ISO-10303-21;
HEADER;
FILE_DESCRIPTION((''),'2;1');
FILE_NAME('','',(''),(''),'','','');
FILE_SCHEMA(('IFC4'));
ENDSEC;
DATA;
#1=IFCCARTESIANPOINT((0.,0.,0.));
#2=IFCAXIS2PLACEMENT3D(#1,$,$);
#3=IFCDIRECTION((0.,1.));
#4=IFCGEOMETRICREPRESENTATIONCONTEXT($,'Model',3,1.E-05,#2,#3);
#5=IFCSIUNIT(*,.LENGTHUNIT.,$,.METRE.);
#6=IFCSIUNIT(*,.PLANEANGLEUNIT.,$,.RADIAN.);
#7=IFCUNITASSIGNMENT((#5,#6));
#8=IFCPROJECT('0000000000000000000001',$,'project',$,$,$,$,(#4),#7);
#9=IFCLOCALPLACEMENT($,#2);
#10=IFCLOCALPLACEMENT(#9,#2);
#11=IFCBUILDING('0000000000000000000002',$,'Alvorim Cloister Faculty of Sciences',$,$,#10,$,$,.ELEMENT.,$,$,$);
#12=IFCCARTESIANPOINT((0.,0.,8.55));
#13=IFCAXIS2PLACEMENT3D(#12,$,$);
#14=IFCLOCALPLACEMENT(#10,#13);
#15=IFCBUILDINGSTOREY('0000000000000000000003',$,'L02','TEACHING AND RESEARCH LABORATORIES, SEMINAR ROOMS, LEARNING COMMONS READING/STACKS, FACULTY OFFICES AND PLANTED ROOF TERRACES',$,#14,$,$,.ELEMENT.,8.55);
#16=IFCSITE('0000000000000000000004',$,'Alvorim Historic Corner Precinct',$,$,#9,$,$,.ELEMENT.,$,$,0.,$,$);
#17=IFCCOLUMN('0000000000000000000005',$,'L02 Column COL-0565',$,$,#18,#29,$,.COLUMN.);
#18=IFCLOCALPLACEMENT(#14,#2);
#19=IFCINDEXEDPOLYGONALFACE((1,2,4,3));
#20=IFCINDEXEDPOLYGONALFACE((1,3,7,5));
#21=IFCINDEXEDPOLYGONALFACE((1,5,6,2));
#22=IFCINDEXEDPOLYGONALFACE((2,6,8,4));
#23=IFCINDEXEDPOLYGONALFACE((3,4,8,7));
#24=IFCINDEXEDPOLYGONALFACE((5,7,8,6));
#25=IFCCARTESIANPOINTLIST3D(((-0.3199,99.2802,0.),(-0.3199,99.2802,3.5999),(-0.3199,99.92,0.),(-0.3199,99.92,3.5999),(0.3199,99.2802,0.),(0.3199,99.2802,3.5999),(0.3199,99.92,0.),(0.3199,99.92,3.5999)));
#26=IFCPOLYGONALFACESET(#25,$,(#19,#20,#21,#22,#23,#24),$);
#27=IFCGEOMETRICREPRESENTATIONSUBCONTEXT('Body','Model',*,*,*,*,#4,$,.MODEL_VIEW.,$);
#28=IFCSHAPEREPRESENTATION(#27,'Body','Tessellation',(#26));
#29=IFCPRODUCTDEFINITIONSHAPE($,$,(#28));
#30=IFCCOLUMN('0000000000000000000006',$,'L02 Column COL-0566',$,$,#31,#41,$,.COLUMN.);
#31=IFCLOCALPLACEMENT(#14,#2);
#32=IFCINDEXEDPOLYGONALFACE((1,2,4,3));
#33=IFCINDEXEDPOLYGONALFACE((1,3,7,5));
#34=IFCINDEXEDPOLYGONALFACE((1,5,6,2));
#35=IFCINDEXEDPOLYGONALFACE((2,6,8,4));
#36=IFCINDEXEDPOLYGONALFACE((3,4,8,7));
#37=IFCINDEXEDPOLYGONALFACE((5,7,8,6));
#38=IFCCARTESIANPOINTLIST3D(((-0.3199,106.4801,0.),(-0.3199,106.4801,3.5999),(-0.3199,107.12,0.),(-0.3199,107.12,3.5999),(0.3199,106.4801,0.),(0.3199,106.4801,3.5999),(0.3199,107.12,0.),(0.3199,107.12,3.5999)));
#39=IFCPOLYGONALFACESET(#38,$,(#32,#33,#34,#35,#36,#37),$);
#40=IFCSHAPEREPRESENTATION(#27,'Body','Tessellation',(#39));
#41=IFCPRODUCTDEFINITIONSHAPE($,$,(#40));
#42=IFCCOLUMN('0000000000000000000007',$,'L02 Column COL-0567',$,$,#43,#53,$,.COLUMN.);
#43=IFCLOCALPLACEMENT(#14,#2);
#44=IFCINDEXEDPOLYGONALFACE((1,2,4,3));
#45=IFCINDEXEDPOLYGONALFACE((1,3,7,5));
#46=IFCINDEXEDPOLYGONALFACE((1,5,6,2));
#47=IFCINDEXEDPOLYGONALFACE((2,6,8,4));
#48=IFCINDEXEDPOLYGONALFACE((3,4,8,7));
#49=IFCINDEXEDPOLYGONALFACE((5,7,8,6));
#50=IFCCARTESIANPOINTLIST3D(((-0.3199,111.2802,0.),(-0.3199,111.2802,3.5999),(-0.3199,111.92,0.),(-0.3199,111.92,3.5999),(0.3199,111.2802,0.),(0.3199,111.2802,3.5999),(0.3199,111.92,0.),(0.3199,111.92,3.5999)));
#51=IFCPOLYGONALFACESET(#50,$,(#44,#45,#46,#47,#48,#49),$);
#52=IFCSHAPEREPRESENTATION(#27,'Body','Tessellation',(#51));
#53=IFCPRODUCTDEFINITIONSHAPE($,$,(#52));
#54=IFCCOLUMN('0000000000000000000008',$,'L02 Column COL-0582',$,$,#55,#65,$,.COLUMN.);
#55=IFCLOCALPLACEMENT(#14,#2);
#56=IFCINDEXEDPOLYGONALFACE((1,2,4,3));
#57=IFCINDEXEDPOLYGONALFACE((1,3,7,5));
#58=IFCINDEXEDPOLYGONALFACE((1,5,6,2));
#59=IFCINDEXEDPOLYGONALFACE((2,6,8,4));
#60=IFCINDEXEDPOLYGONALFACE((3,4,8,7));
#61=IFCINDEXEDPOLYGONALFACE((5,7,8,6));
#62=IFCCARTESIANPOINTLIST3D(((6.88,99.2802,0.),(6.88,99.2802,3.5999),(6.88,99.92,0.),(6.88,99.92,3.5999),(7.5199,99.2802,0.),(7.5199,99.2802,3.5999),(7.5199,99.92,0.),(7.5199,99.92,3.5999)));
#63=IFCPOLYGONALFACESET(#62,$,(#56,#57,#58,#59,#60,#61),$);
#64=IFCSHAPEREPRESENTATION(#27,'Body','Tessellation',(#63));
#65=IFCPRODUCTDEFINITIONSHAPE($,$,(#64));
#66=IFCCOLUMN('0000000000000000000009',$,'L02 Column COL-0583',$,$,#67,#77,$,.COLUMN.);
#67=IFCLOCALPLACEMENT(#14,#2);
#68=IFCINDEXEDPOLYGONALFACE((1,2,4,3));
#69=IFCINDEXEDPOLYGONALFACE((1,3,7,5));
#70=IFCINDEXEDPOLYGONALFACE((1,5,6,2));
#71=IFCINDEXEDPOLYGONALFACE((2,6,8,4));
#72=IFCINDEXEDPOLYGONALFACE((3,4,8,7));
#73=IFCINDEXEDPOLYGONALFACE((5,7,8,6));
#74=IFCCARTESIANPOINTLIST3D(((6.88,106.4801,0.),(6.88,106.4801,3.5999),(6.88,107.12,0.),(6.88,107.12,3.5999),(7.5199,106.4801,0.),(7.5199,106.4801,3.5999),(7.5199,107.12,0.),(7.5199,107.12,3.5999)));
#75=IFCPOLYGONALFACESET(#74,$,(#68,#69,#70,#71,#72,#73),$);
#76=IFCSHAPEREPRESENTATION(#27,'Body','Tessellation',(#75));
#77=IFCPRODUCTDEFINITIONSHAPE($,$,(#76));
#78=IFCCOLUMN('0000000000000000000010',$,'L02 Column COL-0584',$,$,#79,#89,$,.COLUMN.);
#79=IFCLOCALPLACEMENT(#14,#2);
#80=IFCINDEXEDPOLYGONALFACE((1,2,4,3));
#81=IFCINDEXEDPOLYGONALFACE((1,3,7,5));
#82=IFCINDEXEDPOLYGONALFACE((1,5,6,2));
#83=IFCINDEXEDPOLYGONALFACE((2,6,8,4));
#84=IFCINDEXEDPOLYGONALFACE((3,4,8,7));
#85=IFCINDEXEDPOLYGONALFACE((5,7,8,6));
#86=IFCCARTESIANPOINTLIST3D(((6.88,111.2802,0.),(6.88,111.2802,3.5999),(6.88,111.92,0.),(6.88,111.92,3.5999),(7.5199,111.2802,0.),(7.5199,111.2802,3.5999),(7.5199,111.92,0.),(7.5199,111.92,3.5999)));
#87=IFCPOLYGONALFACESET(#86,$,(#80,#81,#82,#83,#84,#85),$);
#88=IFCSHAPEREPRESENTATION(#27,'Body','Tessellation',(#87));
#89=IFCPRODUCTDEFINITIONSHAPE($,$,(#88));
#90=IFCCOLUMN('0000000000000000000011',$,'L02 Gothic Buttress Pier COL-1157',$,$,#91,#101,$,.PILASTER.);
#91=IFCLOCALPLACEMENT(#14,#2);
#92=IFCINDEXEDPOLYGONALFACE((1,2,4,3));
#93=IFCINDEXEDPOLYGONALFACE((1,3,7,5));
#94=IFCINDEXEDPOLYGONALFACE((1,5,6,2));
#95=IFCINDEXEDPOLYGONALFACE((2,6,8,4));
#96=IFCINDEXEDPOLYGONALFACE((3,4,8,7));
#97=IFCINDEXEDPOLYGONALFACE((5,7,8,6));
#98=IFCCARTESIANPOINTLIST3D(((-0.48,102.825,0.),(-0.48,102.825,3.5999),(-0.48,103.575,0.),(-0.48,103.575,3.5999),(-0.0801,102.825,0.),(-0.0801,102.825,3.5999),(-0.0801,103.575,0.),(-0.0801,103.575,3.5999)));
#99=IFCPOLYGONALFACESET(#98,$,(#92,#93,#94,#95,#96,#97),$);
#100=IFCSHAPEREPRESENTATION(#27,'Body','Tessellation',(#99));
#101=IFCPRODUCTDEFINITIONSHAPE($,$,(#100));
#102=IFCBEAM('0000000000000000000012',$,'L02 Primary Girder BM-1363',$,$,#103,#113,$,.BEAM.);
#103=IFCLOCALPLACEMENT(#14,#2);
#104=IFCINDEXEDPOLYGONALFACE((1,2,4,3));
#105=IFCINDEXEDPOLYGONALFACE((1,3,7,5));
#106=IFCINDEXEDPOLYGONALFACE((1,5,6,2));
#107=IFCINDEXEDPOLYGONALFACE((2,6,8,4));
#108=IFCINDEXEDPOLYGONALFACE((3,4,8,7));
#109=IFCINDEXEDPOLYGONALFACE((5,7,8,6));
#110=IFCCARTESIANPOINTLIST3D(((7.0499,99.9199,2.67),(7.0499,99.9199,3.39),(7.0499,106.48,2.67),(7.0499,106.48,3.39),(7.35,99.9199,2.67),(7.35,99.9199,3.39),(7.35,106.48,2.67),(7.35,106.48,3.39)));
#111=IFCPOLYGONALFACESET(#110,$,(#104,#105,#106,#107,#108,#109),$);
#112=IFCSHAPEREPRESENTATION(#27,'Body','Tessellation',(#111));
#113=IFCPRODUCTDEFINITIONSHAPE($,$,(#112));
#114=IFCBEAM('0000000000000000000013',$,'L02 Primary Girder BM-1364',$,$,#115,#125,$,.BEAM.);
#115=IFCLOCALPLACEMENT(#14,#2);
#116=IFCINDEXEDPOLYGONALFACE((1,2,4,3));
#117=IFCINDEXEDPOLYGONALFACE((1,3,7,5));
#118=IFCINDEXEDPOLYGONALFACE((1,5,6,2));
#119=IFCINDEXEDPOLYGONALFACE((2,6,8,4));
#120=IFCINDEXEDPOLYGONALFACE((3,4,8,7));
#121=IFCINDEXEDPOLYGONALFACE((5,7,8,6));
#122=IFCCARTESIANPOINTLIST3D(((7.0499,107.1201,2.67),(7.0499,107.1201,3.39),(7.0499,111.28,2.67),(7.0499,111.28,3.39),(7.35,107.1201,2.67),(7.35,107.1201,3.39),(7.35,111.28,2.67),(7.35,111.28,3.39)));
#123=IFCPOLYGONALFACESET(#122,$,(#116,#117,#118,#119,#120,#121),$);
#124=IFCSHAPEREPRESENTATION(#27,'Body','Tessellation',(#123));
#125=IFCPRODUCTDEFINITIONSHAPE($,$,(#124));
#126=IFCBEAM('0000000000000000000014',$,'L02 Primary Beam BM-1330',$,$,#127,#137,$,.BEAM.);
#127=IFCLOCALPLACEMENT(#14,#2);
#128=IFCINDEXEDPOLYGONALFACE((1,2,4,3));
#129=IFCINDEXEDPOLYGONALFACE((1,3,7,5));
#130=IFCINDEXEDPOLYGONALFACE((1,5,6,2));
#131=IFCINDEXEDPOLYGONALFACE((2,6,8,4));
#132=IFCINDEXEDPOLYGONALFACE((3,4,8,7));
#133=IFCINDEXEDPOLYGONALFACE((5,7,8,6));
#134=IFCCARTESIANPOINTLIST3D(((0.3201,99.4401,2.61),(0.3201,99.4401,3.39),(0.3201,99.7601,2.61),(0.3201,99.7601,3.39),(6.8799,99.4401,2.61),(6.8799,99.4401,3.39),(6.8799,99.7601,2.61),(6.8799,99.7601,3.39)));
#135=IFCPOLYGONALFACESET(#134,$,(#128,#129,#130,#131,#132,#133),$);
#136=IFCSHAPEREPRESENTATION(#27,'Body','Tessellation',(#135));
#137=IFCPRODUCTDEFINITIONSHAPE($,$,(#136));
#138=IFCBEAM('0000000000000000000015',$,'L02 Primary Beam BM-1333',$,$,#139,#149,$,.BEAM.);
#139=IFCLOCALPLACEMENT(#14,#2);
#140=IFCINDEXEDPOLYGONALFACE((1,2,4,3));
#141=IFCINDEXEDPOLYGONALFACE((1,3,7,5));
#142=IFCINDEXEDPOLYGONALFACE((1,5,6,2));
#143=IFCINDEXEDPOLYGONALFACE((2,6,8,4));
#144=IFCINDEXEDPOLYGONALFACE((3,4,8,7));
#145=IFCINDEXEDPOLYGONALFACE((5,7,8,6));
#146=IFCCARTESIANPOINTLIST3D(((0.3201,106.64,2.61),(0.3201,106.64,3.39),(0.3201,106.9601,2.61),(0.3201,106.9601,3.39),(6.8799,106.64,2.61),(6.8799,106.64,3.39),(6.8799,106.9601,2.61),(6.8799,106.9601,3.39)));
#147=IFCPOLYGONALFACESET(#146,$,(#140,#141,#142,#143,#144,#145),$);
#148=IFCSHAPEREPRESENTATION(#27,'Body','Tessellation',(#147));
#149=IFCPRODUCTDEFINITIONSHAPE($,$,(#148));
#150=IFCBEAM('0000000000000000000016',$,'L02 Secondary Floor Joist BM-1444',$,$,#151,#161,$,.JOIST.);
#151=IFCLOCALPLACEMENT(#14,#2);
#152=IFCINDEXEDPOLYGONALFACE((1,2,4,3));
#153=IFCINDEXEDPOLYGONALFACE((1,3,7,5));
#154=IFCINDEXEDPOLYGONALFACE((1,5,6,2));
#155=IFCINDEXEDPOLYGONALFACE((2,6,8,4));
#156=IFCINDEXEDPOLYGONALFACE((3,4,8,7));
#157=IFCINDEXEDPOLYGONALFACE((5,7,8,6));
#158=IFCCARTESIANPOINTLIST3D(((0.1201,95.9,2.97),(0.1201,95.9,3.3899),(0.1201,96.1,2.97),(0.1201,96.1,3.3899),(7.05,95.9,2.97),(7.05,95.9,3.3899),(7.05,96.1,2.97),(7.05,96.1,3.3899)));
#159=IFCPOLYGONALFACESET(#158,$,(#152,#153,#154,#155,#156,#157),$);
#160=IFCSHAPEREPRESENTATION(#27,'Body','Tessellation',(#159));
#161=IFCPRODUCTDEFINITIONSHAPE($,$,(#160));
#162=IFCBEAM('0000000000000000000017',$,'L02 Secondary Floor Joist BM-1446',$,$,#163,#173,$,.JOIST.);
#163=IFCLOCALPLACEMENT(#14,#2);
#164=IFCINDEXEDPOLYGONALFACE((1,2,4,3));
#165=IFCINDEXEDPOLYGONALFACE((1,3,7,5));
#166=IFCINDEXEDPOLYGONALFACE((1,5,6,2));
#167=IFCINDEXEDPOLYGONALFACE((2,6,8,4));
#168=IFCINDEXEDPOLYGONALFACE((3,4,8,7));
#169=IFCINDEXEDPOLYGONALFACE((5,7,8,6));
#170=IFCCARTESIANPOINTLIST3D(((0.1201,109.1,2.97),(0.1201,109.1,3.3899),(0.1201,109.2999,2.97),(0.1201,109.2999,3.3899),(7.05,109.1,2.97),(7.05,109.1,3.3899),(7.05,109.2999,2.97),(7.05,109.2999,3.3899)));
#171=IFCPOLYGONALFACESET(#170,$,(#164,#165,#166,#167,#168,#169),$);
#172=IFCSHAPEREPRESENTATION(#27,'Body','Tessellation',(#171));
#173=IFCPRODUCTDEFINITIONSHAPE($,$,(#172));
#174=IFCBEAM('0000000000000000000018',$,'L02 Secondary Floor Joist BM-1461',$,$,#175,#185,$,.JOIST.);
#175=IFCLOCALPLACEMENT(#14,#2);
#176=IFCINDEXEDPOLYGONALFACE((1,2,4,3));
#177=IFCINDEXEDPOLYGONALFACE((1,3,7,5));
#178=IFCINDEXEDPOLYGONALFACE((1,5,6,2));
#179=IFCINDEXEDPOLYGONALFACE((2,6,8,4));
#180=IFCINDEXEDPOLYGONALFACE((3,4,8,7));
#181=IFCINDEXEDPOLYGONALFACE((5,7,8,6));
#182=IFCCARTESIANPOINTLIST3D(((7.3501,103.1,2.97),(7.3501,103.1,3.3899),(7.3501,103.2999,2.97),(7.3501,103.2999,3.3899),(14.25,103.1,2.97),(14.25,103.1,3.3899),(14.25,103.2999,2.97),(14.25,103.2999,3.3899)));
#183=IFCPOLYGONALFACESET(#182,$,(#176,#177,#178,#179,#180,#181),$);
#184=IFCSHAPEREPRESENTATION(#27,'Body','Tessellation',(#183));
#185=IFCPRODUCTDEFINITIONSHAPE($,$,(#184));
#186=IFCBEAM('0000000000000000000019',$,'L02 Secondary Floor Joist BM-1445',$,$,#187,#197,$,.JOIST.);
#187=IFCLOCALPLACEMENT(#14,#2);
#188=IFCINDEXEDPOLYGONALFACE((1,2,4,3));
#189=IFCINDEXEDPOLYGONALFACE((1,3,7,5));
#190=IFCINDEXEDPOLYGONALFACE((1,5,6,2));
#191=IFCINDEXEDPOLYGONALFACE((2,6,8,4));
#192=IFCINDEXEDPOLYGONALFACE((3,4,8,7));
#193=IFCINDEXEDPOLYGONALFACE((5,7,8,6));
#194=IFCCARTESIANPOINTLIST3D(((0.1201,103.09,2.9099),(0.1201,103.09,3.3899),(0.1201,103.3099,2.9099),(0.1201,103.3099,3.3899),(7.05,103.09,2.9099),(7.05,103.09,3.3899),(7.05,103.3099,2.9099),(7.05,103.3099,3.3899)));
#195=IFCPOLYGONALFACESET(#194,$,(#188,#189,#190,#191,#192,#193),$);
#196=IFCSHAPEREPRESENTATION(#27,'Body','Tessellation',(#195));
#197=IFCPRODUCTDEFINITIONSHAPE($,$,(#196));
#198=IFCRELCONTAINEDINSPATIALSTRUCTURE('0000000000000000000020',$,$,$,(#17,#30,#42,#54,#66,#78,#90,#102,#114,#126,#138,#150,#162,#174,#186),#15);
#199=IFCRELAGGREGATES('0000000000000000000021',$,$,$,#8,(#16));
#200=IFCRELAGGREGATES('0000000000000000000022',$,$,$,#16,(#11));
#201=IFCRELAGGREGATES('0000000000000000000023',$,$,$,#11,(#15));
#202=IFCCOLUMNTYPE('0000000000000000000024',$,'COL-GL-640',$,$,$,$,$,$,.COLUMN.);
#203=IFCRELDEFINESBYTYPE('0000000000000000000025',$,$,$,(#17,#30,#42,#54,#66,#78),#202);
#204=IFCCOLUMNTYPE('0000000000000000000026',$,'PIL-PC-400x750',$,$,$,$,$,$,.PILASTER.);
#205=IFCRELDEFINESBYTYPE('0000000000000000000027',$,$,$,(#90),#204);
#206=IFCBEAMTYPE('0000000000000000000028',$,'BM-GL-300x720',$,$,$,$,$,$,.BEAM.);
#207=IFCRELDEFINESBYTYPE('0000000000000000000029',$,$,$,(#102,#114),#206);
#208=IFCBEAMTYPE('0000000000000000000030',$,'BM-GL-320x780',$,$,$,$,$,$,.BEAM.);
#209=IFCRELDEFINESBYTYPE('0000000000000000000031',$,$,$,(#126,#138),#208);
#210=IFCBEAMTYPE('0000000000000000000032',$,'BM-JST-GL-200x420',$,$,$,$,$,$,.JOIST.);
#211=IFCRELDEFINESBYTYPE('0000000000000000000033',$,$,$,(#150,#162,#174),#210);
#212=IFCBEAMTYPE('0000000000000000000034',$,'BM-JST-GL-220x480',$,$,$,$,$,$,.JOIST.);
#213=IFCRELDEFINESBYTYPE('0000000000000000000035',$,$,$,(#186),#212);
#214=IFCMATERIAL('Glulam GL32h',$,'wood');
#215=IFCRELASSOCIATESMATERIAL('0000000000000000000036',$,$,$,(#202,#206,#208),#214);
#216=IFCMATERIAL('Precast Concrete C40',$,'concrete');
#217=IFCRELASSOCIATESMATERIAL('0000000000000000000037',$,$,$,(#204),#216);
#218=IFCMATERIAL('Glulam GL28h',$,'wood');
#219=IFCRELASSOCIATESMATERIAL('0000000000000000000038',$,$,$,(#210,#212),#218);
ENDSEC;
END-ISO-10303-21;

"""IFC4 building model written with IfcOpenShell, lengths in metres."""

from ifc_helpers import new_model, si_unit, direction, frame, origin, origin_2d, place, context, subcontext, project, spatial, rectangle, extrude, material, material_profile, profile_set, type_object, element, save


model = new_model("IFC4")

# Units and contexts
model_context = context("Model", 3, precision=1e-05, world=origin(), true_north=direction((0.0, 1.0)))
body_context = subcontext(model_context, "Body", "Model", "MODEL_VIEW")
ifc_project = project(units=[si_unit("LENGTHUNIT", "METRE"), si_unit("PLANEANGLEUNIT", "RADIAN")], contexts=[model_context])

# Site, building, storey
site_placement = place(None, origin())
site = spatial("IfcSite", under=ifc_project, at=site_placement, Name="Alvorim Historic Corner Precinct", CompositionType="ELEMENT", RefElevation=0.0)
building_placement = place(site_placement, origin())
building = spatial("IfcBuilding", under=site, at=building_placement, Name="Alvorim Cloister Faculty of Sciences", CompositionType="ELEMENT")
storey_placement = place(building_placement, frame((0.0, 0.0, 8.55)))
storey = spatial("IfcBuildingStorey", under=building, at=storey_placement, Name="L02", Description="TEACHING AND RESEARCH LABORATORIES, SEMINAR ROOMS, LEARNING COMMONS READING/STACKS, FACULTY OFFICES AND PLANTED ROOF TERRACES", CompositionType="ELEMENT", Elevation=8.55)

# Columns
ifc_material_1 = material(Name="Glulam GL32h", Category="wood")
ifc_material_profile_1 = material_profile(ifc_material_1, rectangle(XDim=0.6399, YDim=0.6399, at=origin_2d()), Name="GL32-COL-640x640")
ifc_profile_set_1 = profile_set([ifc_material_profile_1], Name="Glulam GL32h")
column_type_1 = type_object("IfcColumnType", Name="COL-GL-640", PredefinedType="COLUMN", material=ifc_profile_set_1)
for number, where, z_axis, x_axis, name in (
    (1, (0.0, 99.6001, 0.0), (0.0, 0.0, 1.0), (1.0, 0.0, 0.0), "L02 Column COL-0565"),
    (2, (0.0, 106.8, 0.0), (0.0, 0.0, 1.0), (1.0, 0.0, 0.0), "L02 Column COL-0566"),
    (3, (0.0, 111.6001, 0.0), (0.0, 0.0, 1.0), (1.0, 0.0, 0.0), "L02 Column COL-0567"),
    (4, (7.2, 99.6001, 0.0), (0.0, 0.0, 1.0), (1.0, 0.0, 0.0), "L02 Column COL-0582"),
    (5, (7.2, 106.8, 0.0), (0.0, 0.0, 1.0), (1.0, 0.0, 0.0), "L02 Column COL-0583"),
    (6, (7.2, 111.6001, 0.0), (0.0, 0.0, 1.0), (1.0, 0.0, 0.0), "L02 Column COL-0584"),
):
    element("IfcColumn", number, at=place(storey_placement, frame(where, z_axis=z_axis, x_axis=x_axis)), inside=storey, type_object=column_type_1, Name=name, PredefinedType="COLUMN", context=body_context, shape_type="SweptSolid", body=[
        extrude(rectangle(XDim=0.6399, YDim=0.6399, at=origin_2d()), origin(), (0.0, 0.0, 1.0), 3.5999),
    ])
ifc_material_2 = material(Name="Precast Concrete C40", Category="concrete")
ifc_material_profile_2 = material_profile(ifc_material_2, rectangle(XDim=0.3999, YDim=0.75, at=origin_2d()), Name="RC40-PIL-400x750")
ifc_profile_set_2 = profile_set([ifc_material_profile_2], Name="Precast Concrete C40")
column_type_2 = type_object("IfcColumnType", Name="PIL-PC-400x750", PredefinedType="PILASTER", material=ifc_profile_set_2)
column_placement = place(storey_placement, frame((-0.28, 103.2, 0.0), z_axis=(0.0, 0.0, 1.0), x_axis=(1.0, 0.0, 0.0)))
element("IfcColumn", 7, at=column_placement, inside=storey, type_object=column_type_2, Name="L02 Gothic Buttress Pier COL-1157", PredefinedType="PILASTER", context=body_context, shape_type="SweptSolid", body=[
    extrude(rectangle(XDim=0.3999, YDim=0.75, at=origin_2d()), origin(), (0.0, 0.0, 1.0), 3.5999),
])

# Beams
ifc_material_profile_3 = material_profile(ifc_material_1, rectangle(XDim=0.3, YDim=0.72, at=origin_2d()), Name="GL32-BM-300x720")
ifc_profile_set_3 = profile_set([ifc_material_profile_3], Name="Glulam GL32h")
beam_type_1 = type_object("IfcBeamType", Name="BM-GL-300x720", PredefinedType="BEAM", material=ifc_profile_set_3)
beam_1_placement = place(storey_placement, frame((7.2, 99.9199, 3.03), z_axis=(0.0, 1.0, 0.0), x_axis=(-1.0, 0.0, 0.0)))
element("IfcBeam", 8, at=beam_1_placement, inside=storey, type_object=beam_type_1, Name="L02 Primary Girder BM-1363", PredefinedType="BEAM", context=body_context, shape_type="SweptSolid", body=[
    extrude(rectangle(XDim=0.3, YDim=0.72, at=origin_2d()), origin(), (0.0, 0.0, 1.0), 6.5601),
])
beam_2_placement = place(storey_placement, frame((7.2, 107.1201, 3.03), z_axis=(0.0, 1.0, 0.0), x_axis=(-1.0, 0.0, 0.0)))
element("IfcBeam", 9, at=beam_2_placement, inside=storey, type_object=beam_type_1, Name="L02 Primary Girder BM-1364", PredefinedType="BEAM", context=body_context, shape_type="SweptSolid", body=[
    extrude(rectangle(XDim=0.3, YDim=0.72, at=origin_2d()), origin(), (0.0, 0.0, 1.0), 4.1599),
])
ifc_material_profile_4 = material_profile(ifc_material_1, rectangle(XDim=0.3201, YDim=0.78, at=origin_2d()), Name="GL32-BM-320x780")
ifc_profile_set_4 = profile_set([ifc_material_profile_4], Name="Glulam GL32h")
beam_type_2 = type_object("IfcBeamType", Name="BM-GL-320x780", PredefinedType="BEAM", material=ifc_profile_set_4)
for number, where, z_axis, x_axis, name in (
    (10, (0.3201, 99.6001, 3.0), (1.0, 0.0, 0.0), (0.0, 1.0, 0.0), "L02 Primary Beam BM-1330"),
    (11, (0.3201, 106.8, 3.0), (1.0, 0.0, 0.0), (0.0, 1.0, 0.0), "L02 Primary Beam BM-1333"),
):
    element("IfcBeam", number, at=place(storey_placement, frame(where, z_axis=z_axis, x_axis=x_axis)), inside=storey, type_object=beam_type_2, Name=name, PredefinedType="BEAM", context=body_context, shape_type="SweptSolid", body=[
        extrude(rectangle(XDim=0.3201, YDim=0.78, at=origin_2d()), origin(), (0.0, 0.0, 1.0), 6.5598),
    ])
ifc_material_3 = material(Name="Glulam GL28h", Category="wood")
ifc_material_profile_5 = material_profile(ifc_material_3, rectangle(XDim=0.2, YDim=0.4199, at=origin_2d()), Name="GL28-JST-200x420")
ifc_profile_set_5 = profile_set([ifc_material_profile_5], Name="Glulam GL28h")
beam_type_3 = type_object("IfcBeamType", Name="BM-JST-GL-200x420", PredefinedType="JOIST", material=ifc_profile_set_5)
for number, where, z_axis, x_axis, name in (
    (12, (0.1201, 96.0, 3.1799), (1.0, 0.0, 0.0), (0.0, 1.0, 0.0), "L02 Secondary Floor Joist BM-1444"),
    (13, (0.1201, 109.2, 3.1799), (1.0, 0.0, 0.0), (0.0, 1.0, 0.0), "L02 Secondary Floor Joist BM-1446"),
):
    element("IfcBeam", number, at=place(storey_placement, frame(where, z_axis=z_axis, x_axis=x_axis)), inside=storey, type_object=beam_type_3, Name=name, PredefinedType="JOIST", context=body_context, shape_type="SweptSolid", body=[
        extrude(rectangle(XDim=0.2, YDim=0.4199, at=origin_2d()), origin(), (0.0, 0.0, 1.0), 6.9299),
    ])
beam_3_placement = place(storey_placement, frame((7.3501, 103.2, 3.1799), z_axis=(1.0, 0.0, 0.0), x_axis=(0.0, 1.0, 0.0)))
element("IfcBeam", 14, at=beam_3_placement, inside=storey, type_object=beam_type_3, Name="L02 Secondary Floor Joist BM-1461", PredefinedType="JOIST", context=body_context, shape_type="SweptSolid", body=[
    extrude(rectangle(XDim=0.2, YDim=0.4199, at=origin_2d()), origin(), (0.0, 0.0, 1.0), 6.8999),
])
ifc_material_profile_6 = material_profile(ifc_material_3, rectangle(XDim=0.22, YDim=0.48, at=origin_2d()), Name="GL28-JST-220x480")
ifc_profile_set_6 = profile_set([ifc_material_profile_6], Name="Glulam GL28h")
beam_type_4 = type_object("IfcBeamType", Name="BM-JST-GL-220x480", PredefinedType="JOIST", material=ifc_profile_set_6)
beam_4_placement = place(storey_placement, frame((0.1201, 103.2, 3.1499), z_axis=(1.0, 0.0, 0.0), x_axis=(0.0, 1.0, 0.0)))
element("IfcBeam", 15, at=beam_4_placement, inside=storey, type_object=beam_type_4, Name="L02 Secondary Floor Joist BM-1445", PredefinedType="JOIST", context=body_context, shape_type="SweptSolid", body=[
    extrude(rectangle(XDim=0.22, YDim=0.48, at=origin_2d()), origin(), (0.0, 0.0, 1.0), 6.9299),
])

save(model, "model.ifc")
